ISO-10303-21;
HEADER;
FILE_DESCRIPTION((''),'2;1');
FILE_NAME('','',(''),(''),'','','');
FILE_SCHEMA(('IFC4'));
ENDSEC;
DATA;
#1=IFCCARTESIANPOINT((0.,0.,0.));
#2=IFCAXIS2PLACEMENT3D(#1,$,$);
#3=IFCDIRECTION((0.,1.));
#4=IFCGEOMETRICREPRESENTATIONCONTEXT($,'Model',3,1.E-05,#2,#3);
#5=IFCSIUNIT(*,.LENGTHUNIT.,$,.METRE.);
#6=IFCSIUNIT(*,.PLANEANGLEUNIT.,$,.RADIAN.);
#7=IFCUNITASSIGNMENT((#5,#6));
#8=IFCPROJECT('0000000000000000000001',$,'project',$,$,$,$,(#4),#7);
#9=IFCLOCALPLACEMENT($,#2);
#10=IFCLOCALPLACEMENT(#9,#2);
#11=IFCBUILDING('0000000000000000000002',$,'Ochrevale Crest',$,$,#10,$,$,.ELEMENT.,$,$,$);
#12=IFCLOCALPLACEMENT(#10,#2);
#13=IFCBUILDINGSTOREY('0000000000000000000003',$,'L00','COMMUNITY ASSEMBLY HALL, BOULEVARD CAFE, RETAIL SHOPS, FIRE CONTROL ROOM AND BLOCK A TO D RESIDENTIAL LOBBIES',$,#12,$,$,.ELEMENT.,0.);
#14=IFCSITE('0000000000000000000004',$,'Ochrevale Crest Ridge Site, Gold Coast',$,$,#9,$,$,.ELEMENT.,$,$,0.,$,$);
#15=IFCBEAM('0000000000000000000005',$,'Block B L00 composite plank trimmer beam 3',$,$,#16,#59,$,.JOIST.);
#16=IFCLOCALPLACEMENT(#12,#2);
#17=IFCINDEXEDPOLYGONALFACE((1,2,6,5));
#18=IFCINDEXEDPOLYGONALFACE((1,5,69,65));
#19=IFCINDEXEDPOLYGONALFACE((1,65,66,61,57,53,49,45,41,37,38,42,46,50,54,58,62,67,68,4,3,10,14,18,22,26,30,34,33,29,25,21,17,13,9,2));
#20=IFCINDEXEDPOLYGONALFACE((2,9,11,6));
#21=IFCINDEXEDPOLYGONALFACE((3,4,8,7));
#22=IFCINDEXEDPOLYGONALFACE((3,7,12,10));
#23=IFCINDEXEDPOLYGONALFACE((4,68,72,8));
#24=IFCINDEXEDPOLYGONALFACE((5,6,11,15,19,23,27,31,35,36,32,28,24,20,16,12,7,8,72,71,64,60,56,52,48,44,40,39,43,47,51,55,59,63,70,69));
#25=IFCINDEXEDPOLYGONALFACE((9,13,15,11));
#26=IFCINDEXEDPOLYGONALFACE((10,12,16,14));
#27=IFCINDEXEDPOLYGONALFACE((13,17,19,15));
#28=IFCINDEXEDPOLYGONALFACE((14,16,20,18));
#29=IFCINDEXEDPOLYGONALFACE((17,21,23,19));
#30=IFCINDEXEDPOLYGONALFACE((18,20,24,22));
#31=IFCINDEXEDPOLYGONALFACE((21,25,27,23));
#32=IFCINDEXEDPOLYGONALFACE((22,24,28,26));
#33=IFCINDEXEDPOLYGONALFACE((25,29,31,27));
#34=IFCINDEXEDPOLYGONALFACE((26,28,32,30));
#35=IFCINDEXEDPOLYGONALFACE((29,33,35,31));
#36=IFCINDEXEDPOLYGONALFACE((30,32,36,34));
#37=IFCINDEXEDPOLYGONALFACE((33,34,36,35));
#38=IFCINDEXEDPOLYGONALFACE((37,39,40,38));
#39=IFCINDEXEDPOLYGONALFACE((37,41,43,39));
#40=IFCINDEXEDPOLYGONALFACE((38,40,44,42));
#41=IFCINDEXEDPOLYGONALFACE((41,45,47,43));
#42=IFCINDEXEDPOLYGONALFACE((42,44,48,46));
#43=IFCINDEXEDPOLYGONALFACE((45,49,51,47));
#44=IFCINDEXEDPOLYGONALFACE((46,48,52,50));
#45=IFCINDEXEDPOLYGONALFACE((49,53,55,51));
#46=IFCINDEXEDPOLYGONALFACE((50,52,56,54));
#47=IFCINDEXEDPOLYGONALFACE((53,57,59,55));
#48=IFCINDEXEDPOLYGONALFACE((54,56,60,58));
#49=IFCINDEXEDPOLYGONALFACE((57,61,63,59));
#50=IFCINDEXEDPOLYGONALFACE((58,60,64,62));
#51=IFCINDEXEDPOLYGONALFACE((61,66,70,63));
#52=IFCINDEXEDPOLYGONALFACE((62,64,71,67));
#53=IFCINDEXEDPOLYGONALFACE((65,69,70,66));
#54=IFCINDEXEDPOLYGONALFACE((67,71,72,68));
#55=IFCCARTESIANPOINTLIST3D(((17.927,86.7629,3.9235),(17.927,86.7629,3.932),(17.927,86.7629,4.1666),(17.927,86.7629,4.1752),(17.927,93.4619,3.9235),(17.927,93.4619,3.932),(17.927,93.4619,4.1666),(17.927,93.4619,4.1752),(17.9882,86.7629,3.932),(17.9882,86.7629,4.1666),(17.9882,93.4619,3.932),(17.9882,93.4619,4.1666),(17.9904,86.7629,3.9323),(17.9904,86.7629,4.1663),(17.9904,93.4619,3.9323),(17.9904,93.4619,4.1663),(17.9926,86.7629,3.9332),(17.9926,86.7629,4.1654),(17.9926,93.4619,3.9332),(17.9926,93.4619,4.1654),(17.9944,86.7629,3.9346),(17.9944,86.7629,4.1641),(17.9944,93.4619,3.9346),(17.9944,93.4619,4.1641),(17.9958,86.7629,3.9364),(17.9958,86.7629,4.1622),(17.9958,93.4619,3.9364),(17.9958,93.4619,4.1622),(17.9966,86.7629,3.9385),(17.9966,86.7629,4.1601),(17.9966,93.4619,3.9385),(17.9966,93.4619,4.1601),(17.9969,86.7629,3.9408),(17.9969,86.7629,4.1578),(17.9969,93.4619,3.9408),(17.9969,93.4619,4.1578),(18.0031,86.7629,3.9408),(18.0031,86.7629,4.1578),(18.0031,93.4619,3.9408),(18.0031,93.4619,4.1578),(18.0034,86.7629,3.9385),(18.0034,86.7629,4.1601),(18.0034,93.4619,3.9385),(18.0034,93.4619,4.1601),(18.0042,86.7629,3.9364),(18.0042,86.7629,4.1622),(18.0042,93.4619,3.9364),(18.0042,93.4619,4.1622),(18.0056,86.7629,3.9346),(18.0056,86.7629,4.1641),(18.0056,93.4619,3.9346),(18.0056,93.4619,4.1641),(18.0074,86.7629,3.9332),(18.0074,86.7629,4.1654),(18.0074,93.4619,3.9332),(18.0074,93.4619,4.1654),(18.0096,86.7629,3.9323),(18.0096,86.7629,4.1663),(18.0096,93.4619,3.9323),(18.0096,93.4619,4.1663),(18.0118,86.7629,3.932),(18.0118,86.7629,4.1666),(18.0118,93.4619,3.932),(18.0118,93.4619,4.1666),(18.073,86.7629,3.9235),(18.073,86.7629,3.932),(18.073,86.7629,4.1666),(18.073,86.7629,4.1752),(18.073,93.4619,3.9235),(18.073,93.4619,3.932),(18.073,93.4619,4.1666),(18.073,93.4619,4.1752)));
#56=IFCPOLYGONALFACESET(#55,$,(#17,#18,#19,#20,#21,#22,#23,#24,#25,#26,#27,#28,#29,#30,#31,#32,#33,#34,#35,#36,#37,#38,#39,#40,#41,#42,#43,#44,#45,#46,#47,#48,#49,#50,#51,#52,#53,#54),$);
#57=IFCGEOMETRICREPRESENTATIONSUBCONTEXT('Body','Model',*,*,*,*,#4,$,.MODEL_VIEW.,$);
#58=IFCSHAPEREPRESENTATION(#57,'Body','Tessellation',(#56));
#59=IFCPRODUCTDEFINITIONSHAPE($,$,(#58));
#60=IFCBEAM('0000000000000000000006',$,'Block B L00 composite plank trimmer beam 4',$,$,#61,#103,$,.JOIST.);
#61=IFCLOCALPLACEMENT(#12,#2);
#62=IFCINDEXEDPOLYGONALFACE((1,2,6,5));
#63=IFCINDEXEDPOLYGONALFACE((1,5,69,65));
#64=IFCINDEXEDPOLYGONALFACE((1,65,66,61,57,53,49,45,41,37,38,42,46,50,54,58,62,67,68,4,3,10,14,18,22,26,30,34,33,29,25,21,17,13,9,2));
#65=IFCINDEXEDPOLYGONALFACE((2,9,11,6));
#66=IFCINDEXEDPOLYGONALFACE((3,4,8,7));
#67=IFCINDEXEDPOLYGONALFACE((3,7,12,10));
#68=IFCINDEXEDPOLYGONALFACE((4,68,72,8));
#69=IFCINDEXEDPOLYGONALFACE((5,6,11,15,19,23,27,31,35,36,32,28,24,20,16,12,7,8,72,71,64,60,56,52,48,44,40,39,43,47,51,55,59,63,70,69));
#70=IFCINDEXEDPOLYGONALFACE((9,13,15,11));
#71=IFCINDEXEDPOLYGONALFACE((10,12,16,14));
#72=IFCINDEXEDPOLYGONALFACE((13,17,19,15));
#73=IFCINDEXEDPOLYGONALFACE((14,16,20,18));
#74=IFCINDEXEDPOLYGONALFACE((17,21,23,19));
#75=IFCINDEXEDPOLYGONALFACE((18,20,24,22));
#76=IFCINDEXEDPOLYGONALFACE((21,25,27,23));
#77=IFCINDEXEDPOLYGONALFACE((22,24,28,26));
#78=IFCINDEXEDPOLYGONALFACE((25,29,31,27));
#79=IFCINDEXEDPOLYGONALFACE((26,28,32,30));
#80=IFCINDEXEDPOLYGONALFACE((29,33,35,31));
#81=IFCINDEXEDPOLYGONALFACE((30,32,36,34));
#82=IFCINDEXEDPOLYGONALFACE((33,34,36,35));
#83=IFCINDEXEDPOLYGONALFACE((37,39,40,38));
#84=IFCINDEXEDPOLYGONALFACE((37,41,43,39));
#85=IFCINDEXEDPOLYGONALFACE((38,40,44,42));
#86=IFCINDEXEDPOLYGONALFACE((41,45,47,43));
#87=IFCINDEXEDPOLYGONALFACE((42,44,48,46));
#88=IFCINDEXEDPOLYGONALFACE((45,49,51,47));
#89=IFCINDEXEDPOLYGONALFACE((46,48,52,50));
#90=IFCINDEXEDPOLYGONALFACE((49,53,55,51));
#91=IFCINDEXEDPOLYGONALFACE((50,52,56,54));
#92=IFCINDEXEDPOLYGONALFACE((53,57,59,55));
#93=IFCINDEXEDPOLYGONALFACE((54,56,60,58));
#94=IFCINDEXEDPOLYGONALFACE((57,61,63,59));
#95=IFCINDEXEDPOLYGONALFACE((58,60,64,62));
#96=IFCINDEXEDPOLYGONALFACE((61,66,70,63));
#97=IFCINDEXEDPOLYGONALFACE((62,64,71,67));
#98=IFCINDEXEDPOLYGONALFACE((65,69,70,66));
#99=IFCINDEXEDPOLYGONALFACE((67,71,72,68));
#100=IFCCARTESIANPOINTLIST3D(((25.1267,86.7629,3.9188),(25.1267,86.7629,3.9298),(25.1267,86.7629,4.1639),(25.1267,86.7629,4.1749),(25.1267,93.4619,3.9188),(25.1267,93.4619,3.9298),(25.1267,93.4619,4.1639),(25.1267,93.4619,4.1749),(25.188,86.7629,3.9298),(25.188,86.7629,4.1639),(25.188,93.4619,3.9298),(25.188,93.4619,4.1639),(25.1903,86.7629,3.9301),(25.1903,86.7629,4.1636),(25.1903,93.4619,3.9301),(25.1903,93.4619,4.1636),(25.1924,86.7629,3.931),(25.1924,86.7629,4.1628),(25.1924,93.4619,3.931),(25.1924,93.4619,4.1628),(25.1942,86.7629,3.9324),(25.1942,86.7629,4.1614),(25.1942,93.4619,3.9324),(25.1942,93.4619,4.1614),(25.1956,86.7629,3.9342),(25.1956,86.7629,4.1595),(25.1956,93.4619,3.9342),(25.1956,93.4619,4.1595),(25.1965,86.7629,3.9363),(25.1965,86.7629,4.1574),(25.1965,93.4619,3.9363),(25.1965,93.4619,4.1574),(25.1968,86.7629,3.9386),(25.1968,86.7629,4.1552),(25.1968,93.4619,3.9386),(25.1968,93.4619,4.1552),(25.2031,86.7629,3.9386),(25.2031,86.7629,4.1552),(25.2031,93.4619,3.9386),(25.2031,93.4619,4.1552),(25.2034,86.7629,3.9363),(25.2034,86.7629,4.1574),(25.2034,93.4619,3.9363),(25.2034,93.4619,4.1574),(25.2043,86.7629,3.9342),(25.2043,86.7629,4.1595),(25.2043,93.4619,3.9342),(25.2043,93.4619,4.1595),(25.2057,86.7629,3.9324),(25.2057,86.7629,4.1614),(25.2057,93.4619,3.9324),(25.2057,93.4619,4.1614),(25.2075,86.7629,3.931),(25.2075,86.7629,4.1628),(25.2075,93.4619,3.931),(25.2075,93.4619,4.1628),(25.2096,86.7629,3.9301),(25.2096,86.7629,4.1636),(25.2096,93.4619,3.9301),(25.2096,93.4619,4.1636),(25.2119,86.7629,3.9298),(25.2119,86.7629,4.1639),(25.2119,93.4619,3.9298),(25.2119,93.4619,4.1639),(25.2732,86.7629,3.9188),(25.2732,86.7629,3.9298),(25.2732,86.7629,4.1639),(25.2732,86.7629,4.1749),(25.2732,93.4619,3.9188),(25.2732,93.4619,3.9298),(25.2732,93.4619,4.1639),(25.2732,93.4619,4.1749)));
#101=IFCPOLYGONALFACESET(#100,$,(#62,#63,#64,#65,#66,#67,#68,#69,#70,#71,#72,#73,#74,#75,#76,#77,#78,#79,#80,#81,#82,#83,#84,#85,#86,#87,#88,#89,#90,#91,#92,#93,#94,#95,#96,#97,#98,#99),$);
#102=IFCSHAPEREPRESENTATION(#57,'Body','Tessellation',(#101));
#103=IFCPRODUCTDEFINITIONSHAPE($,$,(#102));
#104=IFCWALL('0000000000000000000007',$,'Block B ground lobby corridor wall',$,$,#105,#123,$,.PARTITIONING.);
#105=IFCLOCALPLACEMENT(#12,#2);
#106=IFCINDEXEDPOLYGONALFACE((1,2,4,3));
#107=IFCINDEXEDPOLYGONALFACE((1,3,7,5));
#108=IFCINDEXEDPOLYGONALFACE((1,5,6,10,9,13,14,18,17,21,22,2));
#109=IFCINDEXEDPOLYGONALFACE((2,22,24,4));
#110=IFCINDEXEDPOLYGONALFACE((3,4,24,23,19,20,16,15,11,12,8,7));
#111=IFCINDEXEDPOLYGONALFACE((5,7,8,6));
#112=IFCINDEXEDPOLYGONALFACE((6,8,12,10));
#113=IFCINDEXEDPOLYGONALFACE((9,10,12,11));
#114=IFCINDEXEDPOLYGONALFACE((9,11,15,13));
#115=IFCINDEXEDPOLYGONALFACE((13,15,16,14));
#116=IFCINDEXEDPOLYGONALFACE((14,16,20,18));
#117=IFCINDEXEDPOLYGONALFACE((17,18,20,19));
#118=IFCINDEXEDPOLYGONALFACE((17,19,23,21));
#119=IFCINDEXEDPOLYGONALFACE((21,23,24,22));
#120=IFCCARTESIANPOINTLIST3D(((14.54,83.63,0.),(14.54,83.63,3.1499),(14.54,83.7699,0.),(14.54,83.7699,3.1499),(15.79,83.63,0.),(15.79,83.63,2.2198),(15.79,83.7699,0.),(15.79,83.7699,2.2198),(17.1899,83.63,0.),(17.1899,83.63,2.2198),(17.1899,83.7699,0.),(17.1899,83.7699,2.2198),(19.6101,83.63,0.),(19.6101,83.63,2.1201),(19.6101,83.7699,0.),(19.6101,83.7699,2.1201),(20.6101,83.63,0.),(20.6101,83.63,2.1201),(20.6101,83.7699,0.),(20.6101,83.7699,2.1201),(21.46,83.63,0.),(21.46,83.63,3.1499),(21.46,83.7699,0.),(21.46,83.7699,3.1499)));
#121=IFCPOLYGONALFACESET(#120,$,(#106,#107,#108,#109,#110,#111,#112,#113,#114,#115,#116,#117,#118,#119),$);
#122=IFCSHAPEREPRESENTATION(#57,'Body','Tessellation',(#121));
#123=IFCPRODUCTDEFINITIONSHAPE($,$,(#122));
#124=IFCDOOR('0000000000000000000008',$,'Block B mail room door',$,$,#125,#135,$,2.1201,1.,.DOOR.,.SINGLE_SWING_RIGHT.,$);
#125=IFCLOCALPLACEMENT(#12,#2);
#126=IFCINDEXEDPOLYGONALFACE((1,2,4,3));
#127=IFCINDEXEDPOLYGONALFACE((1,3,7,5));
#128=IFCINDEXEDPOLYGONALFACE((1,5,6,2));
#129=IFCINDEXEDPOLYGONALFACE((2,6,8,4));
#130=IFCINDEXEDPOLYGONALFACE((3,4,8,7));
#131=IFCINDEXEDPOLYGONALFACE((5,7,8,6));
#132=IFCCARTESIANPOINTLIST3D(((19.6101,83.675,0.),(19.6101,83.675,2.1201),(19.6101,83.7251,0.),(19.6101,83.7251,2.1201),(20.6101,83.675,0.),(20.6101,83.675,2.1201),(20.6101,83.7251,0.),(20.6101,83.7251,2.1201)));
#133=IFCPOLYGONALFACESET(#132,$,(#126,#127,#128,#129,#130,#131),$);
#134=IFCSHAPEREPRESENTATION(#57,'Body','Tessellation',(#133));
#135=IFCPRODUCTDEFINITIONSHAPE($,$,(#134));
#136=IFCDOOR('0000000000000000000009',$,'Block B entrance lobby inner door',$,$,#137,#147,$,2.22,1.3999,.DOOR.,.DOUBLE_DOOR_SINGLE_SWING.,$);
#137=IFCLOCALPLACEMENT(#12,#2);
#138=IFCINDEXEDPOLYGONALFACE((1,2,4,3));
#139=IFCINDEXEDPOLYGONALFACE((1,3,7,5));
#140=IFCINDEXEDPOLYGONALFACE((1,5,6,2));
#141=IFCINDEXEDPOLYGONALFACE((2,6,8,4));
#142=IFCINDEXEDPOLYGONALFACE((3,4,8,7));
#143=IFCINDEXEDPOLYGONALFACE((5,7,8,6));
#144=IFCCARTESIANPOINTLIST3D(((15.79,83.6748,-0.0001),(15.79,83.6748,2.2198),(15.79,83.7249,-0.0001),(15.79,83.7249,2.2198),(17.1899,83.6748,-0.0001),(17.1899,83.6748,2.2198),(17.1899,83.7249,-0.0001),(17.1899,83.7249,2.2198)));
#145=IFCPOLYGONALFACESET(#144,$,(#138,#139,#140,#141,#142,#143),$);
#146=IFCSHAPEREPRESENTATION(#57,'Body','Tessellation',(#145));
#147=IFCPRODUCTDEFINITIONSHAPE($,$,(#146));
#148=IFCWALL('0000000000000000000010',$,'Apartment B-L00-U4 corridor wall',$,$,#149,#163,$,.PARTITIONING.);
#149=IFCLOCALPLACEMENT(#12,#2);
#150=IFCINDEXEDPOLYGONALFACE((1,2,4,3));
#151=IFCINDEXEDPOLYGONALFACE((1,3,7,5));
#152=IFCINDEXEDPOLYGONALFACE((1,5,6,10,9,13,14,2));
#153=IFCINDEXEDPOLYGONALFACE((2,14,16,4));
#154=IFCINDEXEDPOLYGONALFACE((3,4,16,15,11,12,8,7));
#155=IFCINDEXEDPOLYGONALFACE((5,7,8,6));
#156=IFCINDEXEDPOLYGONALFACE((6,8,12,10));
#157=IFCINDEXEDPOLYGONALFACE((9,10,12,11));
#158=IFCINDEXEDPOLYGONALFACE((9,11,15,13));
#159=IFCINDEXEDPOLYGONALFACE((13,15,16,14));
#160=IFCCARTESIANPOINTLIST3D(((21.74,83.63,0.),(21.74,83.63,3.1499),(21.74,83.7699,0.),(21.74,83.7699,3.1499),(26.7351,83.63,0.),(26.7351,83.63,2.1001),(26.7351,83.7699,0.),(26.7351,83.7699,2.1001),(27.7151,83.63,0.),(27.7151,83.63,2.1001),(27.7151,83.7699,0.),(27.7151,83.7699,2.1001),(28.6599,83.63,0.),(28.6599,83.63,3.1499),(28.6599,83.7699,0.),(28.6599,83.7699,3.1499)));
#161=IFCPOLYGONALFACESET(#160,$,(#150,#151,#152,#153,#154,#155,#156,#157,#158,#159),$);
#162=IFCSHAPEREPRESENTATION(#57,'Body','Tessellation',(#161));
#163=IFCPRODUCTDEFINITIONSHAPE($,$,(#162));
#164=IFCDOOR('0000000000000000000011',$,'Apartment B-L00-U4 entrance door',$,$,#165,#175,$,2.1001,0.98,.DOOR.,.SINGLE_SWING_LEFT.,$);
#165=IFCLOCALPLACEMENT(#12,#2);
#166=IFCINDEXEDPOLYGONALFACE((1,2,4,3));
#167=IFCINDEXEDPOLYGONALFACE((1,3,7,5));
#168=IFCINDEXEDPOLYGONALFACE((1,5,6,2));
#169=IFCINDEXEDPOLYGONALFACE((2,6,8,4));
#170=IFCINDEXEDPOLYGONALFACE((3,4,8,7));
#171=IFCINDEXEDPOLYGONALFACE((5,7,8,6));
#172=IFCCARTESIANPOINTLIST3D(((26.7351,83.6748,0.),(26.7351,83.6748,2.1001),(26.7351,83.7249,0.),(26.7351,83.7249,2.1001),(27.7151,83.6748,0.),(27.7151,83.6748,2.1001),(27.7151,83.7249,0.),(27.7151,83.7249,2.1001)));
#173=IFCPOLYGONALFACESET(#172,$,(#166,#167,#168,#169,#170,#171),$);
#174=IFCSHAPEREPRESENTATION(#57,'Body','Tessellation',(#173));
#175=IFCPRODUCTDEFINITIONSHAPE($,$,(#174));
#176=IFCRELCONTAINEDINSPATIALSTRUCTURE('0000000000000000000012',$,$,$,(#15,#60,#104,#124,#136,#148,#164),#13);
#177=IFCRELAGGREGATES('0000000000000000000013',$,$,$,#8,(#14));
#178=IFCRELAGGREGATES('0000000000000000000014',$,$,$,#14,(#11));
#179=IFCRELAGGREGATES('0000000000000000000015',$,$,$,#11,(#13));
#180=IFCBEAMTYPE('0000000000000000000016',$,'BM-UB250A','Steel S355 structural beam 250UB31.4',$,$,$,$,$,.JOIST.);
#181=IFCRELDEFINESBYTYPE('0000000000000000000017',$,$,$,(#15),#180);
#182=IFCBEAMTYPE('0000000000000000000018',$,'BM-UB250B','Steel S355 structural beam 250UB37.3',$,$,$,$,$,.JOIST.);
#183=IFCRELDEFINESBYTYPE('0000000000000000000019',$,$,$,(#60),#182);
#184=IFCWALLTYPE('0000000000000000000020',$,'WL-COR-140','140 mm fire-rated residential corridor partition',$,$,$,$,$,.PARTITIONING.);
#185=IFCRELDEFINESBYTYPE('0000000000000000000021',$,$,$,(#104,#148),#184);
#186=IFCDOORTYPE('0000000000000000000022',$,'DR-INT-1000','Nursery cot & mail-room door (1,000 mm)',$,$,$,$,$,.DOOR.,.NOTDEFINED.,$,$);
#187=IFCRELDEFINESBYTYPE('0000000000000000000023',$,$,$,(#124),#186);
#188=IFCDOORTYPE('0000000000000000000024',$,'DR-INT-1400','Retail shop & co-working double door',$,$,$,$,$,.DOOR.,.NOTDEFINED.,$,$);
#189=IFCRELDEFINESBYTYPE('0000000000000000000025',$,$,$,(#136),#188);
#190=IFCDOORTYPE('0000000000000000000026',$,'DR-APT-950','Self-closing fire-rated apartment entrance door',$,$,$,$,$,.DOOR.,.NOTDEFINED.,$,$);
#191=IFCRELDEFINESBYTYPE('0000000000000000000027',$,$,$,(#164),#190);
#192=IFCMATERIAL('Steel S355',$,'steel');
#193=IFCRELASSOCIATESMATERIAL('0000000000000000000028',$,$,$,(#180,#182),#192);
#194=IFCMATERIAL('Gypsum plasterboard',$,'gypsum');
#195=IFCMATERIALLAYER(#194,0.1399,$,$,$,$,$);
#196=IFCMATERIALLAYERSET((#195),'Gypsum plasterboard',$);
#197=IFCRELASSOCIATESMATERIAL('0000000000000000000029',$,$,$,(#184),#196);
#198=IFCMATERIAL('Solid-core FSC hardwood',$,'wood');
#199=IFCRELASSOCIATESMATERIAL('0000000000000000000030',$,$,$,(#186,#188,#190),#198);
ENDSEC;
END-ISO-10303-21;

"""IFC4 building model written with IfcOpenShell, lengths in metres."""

from ifc_helpers import new_model, si_unit, direction, frame, frame_2d, origin, origin_2d, place, context, subcontext, project, spatial, rectangle, i_section, extrude, material, layer, layer_set, material_profile, profile_set, type_object, element, fill, save


model = new_model("IFC4")

# Units and contexts
model_context = context("Model", 3, precision=1e-05, world=origin(), true_north=direction((0.0, 1.0)))
body_context = subcontext(model_context, "Body", "Model", "MODEL_VIEW")
ifc_project = project(units=[si_unit("LENGTHUNIT", "METRE"), si_unit("PLANEANGLEUNIT", "RADIAN")], contexts=[model_context])

# Site, building, storey
site_placement = place(None, origin())
site = spatial("IfcSite", under=ifc_project, at=site_placement, Name="Ochrevale Crest Ridge Site, Gold Coast", CompositionType="ELEMENT", RefElevation=0.0)
building_placement = place(site_placement, origin())
building = spatial("IfcBuilding", under=site, at=building_placement, Name="Ochrevale Crest", CompositionType="ELEMENT")
storey_placement = place(building_placement, origin())
storey = spatial("IfcBuildingStorey", under=building, at=storey_placement, Name="L00", Description="COMMUNITY ASSEMBLY HALL, BOULEVARD CAFE, RETAIL SHOPS, FIRE CONTROL ROOM AND BLOCK A TO D RESIDENTIAL LOBBIES", CompositionType="ELEMENT", Elevation=0.0)

# Beams
ifc_material_1 = material(Name="Steel S355", Category="steel")
ifc_material_profile_1 = material_profile(ifc_material_1, i_section(OverallWidth=0.146, OverallDepth=0.2517, WebThickness=0.0061, FlangeThickness=0.0085, FilletRadius=0.0088, at=origin_2d()), Name="250UB31.4")
ifc_profile_set_1 = profile_set([ifc_material_profile_1], Name="Steel S355")
beam_type_1 = type_object("IfcBeamType", Name="BM-UB250A", Description="Steel S355 structural beam 250UB31.4", PredefinedType="JOIST", material=ifc_profile_set_1)
beam_1_placement = place(storey_placement, frame((18.0, 86.7629, 4.0493), z_axis=(0.0, 1.0, 0.0), x_axis=(-1.0, 0.0, 0.0)))
element("IfcBeam", 1, at=beam_1_placement, inside=storey, type_object=beam_type_1, Name="Block B L00 composite plank trimmer beam 3", PredefinedType="JOIST", context=body_context, shape_type="SweptSolid", body=[
    extrude(i_section(OverallWidth=0.146, OverallDepth=0.2517, WebThickness=0.0061, FlangeThickness=0.0085, FilletRadius=0.0088, at=origin_2d()), origin(), (0.0, 0.0, 1.0), 6.699),
])
ifc_material_profile_2 = material_profile(ifc_material_1, i_section(OverallWidth=0.1465, OverallDepth=0.2561, WebThickness=0.0063, FlangeThickness=0.011, FilletRadius=0.0088, at=origin_2d()), Name="250UB37.3")
ifc_profile_set_2 = profile_set([ifc_material_profile_2], Name="Steel S355")
beam_type_2 = type_object("IfcBeamType", Name="BM-UB250B", Description="Steel S355 structural beam 250UB37.3", PredefinedType="JOIST", material=ifc_profile_set_2)
beam_2_placement = place(storey_placement, frame((25.2, 86.7629, 4.0469), z_axis=(0.0, 1.0, 0.0), x_axis=(-1.0, 0.0, 0.0)))
element("IfcBeam", 2, at=beam_2_placement, inside=storey, type_object=beam_type_2, Name="Block B L00 composite plank trimmer beam 4", PredefinedType="JOIST", context=body_context, shape_type="SweptSolid", body=[
    extrude(i_section(OverallWidth=0.1465, OverallDepth=0.2561, WebThickness=0.0063, FlangeThickness=0.011, FilletRadius=0.0088, at=origin_2d()), origin(), (0.0, 0.0, 1.0), 6.699),
])

# Wall, openings, doors
ifc_material_2 = material(Name="Gypsum plasterboard", Category="gypsum")
ifc_layer_1 = layer(ifc_material_2, 0.1399)
ifc_layer_set_1 = layer_set([ifc_layer_1], Name="Gypsum plasterboard")
wall_type_1 = type_object("IfcWallType", Name="WL-COR-140", Description="140 mm fire-rated residential corridor partition", PredefinedType="PARTITIONING", material=ifc_layer_set_1)
wall_1_placement = place(storey_placement, frame((14.54, 83.7, 0.0), z_axis=(0.0, 0.0, 1.0), x_axis=(1.0, 0.0, 0.0)))
wall_1 = element("IfcWall", 3, at=wall_1_placement, inside=storey, type_object=wall_type_1, Name="Block B ground lobby corridor wall", PredefinedType="PARTITIONING", context=body_context, shape_type="SweptSolid", body=[
    extrude(rectangle(XDim=6.9199, YDim=0.1399, at=frame_2d((3.46, 0.0))), origin(), (0.0, 0.0, 1.0), 3.1499),
])
opening_1_placement = place(wall_1_placement, frame((1.25, 0.0, 0.0)))
opening_1 = element("IfcOpeningElement", 4, at=opening_1_placement, cuts=wall_1, PredefinedType="OPENING", context=body_context, shape_type="SweptSolid", body=[
    extrude(rectangle(XDim=1.3999, YDim=2.22, at=frame_2d((0.7, 1.1099))), frame((0.0, 0.0801, 0.0), z_axis=(0.0, -1.0, 0.0), x_axis=(1.0, 0.0, 0.0)), (0.0, 0.0, 1.0), 0.1599),
])
opening_2_placement = place(wall_1_placement, frame((6.0701, 0.0, 0.0), z_axis=(0.0, 0.0, 1.0), x_axis=(-1.0, 0.0, 0.0)))
opening_2 = element("IfcOpeningElement", 5, at=opening_2_placement, cuts=wall_1, PredefinedType="OPENING", context=body_context, shape_type="SweptSolid", body=[
    extrude(rectangle(XDim=1.0, YDim=2.1201, at=frame_2d((0.5, 1.0601))), frame((0.0, 0.0801, 0.0), z_axis=(0.0, -1.0, 0.0), x_axis=(1.0, 0.0, 0.0)), (0.0, 0.0, 1.0), 0.1599),
])
ifc_material_3 = material(Name="Solid-core FSC hardwood", Category="wood")
door_type_1 = type_object("IfcDoorType", Name="DR-INT-1000", Description="Nursery cot & mail-room door (1,000 mm)", OperationType="NOTDEFINED", PredefinedType="DOOR", material=ifc_material_3)
door_1_placement = place(opening_2_placement, origin())
door_1 = element("IfcDoor", 6, at=door_1_placement, inside=storey, type_object=door_type_1, Name="Block B mail room door", OperationType="SINGLE_SWING_RIGHT", OverallHeight=2.1201, OverallWidth=1.0, PredefinedType="DOOR", context=body_context, shape_type="SweptSolid", body=[
    extrude(rectangle(XDim=1.0, YDim=2.1201, at=frame_2d((0.5, 1.0601))), frame((0.0, 0.0249, 0.0), z_axis=(0.0, -1.0, 0.0), x_axis=(1.0, 0.0, 0.0)), (0.0, 0.0, 1.0), 0.05),
])
fill(opening_2, door_1)
door_type_2 = type_object("IfcDoorType", Name="DR-INT-1400", Description="Retail shop & co-working double door", OperationType="NOTDEFINED", PredefinedType="DOOR", material=ifc_material_3)
door_2_placement = place(opening_1_placement, origin())
door_2 = element("IfcDoor", 7, at=door_2_placement, inside=storey, type_object=door_type_2, Name="Block B entrance lobby inner door", OperationType="DOUBLE_DOOR_SINGLE_SWING", OverallHeight=2.22, OverallWidth=1.3999, PredefinedType="DOOR", context=body_context, shape_type="SweptSolid", body=[
    extrude(rectangle(XDim=1.3999, YDim=2.22, at=frame_2d((0.7, 1.1099))), frame((0.0, 0.0249, 0.0), z_axis=(0.0, -1.0, 0.0), x_axis=(1.0, 0.0, 0.0)), (0.0, 0.0, 1.0), 0.05),
])
fill(opening_1, door_2)

# Wall, opening, door
wall_2_placement = place(storey_placement, frame((21.74, 83.7, 0.0), z_axis=(0.0, 0.0, 1.0), x_axis=(1.0, 0.0, 0.0)))
wall_2 = element("IfcWall", 8, at=wall_2_placement, inside=storey, type_object=wall_type_1, Name="Apartment B-L00-U4 corridor wall", PredefinedType="PARTITIONING", context=body_context, shape_type="SweptSolid", body=[
    extrude(rectangle(XDim=6.9199, YDim=0.1399, at=frame_2d((3.46, 0.0))), origin(), (0.0, 0.0, 1.0), 3.1499),
])
opening_3_placement = place(wall_2_placement, frame((4.9951, 0.0, 0.0)))
opening_3 = element("IfcOpeningElement", 9, at=opening_3_placement, cuts=wall_2, PredefinedType="OPENING", context=body_context, shape_type="SweptSolid", body=[
    extrude(rectangle(XDim=0.98, YDim=2.1001, at=frame_2d((0.49, 1.05))), frame((0.0, 0.0801, 0.0), z_axis=(0.0, -1.0, 0.0), x_axis=(1.0, 0.0, 0.0)), (0.0, 0.0, 1.0), 0.1599),
])
door_type_3 = type_object("IfcDoorType", Name="DR-APT-950", Description="Self-closing fire-rated apartment entrance door", OperationType="NOTDEFINED", PredefinedType="DOOR", material=ifc_material_3)
door_3_placement = place(opening_3_placement, origin())
door_3 = element("IfcDoor", 10, at=door_3_placement, inside=storey, type_object=door_type_3, Name="Apartment B-L00-U4 entrance door", OperationType="SINGLE_SWING_LEFT", OverallHeight=2.1001, OverallWidth=0.98, PredefinedType="DOOR", context=body_context, shape_type="SweptSolid", body=[
    extrude(rectangle(XDim=0.98, YDim=2.1001, at=frame_2d((0.49, 1.05))), frame((0.0, 0.0249, 0.0), z_axis=(0.0, -1.0, 0.0), x_axis=(1.0, 0.0, 0.0)), (0.0, 0.0, 1.0), 0.05),
])
fill(opening_3, door_3)

save(model, "model.ifc")
